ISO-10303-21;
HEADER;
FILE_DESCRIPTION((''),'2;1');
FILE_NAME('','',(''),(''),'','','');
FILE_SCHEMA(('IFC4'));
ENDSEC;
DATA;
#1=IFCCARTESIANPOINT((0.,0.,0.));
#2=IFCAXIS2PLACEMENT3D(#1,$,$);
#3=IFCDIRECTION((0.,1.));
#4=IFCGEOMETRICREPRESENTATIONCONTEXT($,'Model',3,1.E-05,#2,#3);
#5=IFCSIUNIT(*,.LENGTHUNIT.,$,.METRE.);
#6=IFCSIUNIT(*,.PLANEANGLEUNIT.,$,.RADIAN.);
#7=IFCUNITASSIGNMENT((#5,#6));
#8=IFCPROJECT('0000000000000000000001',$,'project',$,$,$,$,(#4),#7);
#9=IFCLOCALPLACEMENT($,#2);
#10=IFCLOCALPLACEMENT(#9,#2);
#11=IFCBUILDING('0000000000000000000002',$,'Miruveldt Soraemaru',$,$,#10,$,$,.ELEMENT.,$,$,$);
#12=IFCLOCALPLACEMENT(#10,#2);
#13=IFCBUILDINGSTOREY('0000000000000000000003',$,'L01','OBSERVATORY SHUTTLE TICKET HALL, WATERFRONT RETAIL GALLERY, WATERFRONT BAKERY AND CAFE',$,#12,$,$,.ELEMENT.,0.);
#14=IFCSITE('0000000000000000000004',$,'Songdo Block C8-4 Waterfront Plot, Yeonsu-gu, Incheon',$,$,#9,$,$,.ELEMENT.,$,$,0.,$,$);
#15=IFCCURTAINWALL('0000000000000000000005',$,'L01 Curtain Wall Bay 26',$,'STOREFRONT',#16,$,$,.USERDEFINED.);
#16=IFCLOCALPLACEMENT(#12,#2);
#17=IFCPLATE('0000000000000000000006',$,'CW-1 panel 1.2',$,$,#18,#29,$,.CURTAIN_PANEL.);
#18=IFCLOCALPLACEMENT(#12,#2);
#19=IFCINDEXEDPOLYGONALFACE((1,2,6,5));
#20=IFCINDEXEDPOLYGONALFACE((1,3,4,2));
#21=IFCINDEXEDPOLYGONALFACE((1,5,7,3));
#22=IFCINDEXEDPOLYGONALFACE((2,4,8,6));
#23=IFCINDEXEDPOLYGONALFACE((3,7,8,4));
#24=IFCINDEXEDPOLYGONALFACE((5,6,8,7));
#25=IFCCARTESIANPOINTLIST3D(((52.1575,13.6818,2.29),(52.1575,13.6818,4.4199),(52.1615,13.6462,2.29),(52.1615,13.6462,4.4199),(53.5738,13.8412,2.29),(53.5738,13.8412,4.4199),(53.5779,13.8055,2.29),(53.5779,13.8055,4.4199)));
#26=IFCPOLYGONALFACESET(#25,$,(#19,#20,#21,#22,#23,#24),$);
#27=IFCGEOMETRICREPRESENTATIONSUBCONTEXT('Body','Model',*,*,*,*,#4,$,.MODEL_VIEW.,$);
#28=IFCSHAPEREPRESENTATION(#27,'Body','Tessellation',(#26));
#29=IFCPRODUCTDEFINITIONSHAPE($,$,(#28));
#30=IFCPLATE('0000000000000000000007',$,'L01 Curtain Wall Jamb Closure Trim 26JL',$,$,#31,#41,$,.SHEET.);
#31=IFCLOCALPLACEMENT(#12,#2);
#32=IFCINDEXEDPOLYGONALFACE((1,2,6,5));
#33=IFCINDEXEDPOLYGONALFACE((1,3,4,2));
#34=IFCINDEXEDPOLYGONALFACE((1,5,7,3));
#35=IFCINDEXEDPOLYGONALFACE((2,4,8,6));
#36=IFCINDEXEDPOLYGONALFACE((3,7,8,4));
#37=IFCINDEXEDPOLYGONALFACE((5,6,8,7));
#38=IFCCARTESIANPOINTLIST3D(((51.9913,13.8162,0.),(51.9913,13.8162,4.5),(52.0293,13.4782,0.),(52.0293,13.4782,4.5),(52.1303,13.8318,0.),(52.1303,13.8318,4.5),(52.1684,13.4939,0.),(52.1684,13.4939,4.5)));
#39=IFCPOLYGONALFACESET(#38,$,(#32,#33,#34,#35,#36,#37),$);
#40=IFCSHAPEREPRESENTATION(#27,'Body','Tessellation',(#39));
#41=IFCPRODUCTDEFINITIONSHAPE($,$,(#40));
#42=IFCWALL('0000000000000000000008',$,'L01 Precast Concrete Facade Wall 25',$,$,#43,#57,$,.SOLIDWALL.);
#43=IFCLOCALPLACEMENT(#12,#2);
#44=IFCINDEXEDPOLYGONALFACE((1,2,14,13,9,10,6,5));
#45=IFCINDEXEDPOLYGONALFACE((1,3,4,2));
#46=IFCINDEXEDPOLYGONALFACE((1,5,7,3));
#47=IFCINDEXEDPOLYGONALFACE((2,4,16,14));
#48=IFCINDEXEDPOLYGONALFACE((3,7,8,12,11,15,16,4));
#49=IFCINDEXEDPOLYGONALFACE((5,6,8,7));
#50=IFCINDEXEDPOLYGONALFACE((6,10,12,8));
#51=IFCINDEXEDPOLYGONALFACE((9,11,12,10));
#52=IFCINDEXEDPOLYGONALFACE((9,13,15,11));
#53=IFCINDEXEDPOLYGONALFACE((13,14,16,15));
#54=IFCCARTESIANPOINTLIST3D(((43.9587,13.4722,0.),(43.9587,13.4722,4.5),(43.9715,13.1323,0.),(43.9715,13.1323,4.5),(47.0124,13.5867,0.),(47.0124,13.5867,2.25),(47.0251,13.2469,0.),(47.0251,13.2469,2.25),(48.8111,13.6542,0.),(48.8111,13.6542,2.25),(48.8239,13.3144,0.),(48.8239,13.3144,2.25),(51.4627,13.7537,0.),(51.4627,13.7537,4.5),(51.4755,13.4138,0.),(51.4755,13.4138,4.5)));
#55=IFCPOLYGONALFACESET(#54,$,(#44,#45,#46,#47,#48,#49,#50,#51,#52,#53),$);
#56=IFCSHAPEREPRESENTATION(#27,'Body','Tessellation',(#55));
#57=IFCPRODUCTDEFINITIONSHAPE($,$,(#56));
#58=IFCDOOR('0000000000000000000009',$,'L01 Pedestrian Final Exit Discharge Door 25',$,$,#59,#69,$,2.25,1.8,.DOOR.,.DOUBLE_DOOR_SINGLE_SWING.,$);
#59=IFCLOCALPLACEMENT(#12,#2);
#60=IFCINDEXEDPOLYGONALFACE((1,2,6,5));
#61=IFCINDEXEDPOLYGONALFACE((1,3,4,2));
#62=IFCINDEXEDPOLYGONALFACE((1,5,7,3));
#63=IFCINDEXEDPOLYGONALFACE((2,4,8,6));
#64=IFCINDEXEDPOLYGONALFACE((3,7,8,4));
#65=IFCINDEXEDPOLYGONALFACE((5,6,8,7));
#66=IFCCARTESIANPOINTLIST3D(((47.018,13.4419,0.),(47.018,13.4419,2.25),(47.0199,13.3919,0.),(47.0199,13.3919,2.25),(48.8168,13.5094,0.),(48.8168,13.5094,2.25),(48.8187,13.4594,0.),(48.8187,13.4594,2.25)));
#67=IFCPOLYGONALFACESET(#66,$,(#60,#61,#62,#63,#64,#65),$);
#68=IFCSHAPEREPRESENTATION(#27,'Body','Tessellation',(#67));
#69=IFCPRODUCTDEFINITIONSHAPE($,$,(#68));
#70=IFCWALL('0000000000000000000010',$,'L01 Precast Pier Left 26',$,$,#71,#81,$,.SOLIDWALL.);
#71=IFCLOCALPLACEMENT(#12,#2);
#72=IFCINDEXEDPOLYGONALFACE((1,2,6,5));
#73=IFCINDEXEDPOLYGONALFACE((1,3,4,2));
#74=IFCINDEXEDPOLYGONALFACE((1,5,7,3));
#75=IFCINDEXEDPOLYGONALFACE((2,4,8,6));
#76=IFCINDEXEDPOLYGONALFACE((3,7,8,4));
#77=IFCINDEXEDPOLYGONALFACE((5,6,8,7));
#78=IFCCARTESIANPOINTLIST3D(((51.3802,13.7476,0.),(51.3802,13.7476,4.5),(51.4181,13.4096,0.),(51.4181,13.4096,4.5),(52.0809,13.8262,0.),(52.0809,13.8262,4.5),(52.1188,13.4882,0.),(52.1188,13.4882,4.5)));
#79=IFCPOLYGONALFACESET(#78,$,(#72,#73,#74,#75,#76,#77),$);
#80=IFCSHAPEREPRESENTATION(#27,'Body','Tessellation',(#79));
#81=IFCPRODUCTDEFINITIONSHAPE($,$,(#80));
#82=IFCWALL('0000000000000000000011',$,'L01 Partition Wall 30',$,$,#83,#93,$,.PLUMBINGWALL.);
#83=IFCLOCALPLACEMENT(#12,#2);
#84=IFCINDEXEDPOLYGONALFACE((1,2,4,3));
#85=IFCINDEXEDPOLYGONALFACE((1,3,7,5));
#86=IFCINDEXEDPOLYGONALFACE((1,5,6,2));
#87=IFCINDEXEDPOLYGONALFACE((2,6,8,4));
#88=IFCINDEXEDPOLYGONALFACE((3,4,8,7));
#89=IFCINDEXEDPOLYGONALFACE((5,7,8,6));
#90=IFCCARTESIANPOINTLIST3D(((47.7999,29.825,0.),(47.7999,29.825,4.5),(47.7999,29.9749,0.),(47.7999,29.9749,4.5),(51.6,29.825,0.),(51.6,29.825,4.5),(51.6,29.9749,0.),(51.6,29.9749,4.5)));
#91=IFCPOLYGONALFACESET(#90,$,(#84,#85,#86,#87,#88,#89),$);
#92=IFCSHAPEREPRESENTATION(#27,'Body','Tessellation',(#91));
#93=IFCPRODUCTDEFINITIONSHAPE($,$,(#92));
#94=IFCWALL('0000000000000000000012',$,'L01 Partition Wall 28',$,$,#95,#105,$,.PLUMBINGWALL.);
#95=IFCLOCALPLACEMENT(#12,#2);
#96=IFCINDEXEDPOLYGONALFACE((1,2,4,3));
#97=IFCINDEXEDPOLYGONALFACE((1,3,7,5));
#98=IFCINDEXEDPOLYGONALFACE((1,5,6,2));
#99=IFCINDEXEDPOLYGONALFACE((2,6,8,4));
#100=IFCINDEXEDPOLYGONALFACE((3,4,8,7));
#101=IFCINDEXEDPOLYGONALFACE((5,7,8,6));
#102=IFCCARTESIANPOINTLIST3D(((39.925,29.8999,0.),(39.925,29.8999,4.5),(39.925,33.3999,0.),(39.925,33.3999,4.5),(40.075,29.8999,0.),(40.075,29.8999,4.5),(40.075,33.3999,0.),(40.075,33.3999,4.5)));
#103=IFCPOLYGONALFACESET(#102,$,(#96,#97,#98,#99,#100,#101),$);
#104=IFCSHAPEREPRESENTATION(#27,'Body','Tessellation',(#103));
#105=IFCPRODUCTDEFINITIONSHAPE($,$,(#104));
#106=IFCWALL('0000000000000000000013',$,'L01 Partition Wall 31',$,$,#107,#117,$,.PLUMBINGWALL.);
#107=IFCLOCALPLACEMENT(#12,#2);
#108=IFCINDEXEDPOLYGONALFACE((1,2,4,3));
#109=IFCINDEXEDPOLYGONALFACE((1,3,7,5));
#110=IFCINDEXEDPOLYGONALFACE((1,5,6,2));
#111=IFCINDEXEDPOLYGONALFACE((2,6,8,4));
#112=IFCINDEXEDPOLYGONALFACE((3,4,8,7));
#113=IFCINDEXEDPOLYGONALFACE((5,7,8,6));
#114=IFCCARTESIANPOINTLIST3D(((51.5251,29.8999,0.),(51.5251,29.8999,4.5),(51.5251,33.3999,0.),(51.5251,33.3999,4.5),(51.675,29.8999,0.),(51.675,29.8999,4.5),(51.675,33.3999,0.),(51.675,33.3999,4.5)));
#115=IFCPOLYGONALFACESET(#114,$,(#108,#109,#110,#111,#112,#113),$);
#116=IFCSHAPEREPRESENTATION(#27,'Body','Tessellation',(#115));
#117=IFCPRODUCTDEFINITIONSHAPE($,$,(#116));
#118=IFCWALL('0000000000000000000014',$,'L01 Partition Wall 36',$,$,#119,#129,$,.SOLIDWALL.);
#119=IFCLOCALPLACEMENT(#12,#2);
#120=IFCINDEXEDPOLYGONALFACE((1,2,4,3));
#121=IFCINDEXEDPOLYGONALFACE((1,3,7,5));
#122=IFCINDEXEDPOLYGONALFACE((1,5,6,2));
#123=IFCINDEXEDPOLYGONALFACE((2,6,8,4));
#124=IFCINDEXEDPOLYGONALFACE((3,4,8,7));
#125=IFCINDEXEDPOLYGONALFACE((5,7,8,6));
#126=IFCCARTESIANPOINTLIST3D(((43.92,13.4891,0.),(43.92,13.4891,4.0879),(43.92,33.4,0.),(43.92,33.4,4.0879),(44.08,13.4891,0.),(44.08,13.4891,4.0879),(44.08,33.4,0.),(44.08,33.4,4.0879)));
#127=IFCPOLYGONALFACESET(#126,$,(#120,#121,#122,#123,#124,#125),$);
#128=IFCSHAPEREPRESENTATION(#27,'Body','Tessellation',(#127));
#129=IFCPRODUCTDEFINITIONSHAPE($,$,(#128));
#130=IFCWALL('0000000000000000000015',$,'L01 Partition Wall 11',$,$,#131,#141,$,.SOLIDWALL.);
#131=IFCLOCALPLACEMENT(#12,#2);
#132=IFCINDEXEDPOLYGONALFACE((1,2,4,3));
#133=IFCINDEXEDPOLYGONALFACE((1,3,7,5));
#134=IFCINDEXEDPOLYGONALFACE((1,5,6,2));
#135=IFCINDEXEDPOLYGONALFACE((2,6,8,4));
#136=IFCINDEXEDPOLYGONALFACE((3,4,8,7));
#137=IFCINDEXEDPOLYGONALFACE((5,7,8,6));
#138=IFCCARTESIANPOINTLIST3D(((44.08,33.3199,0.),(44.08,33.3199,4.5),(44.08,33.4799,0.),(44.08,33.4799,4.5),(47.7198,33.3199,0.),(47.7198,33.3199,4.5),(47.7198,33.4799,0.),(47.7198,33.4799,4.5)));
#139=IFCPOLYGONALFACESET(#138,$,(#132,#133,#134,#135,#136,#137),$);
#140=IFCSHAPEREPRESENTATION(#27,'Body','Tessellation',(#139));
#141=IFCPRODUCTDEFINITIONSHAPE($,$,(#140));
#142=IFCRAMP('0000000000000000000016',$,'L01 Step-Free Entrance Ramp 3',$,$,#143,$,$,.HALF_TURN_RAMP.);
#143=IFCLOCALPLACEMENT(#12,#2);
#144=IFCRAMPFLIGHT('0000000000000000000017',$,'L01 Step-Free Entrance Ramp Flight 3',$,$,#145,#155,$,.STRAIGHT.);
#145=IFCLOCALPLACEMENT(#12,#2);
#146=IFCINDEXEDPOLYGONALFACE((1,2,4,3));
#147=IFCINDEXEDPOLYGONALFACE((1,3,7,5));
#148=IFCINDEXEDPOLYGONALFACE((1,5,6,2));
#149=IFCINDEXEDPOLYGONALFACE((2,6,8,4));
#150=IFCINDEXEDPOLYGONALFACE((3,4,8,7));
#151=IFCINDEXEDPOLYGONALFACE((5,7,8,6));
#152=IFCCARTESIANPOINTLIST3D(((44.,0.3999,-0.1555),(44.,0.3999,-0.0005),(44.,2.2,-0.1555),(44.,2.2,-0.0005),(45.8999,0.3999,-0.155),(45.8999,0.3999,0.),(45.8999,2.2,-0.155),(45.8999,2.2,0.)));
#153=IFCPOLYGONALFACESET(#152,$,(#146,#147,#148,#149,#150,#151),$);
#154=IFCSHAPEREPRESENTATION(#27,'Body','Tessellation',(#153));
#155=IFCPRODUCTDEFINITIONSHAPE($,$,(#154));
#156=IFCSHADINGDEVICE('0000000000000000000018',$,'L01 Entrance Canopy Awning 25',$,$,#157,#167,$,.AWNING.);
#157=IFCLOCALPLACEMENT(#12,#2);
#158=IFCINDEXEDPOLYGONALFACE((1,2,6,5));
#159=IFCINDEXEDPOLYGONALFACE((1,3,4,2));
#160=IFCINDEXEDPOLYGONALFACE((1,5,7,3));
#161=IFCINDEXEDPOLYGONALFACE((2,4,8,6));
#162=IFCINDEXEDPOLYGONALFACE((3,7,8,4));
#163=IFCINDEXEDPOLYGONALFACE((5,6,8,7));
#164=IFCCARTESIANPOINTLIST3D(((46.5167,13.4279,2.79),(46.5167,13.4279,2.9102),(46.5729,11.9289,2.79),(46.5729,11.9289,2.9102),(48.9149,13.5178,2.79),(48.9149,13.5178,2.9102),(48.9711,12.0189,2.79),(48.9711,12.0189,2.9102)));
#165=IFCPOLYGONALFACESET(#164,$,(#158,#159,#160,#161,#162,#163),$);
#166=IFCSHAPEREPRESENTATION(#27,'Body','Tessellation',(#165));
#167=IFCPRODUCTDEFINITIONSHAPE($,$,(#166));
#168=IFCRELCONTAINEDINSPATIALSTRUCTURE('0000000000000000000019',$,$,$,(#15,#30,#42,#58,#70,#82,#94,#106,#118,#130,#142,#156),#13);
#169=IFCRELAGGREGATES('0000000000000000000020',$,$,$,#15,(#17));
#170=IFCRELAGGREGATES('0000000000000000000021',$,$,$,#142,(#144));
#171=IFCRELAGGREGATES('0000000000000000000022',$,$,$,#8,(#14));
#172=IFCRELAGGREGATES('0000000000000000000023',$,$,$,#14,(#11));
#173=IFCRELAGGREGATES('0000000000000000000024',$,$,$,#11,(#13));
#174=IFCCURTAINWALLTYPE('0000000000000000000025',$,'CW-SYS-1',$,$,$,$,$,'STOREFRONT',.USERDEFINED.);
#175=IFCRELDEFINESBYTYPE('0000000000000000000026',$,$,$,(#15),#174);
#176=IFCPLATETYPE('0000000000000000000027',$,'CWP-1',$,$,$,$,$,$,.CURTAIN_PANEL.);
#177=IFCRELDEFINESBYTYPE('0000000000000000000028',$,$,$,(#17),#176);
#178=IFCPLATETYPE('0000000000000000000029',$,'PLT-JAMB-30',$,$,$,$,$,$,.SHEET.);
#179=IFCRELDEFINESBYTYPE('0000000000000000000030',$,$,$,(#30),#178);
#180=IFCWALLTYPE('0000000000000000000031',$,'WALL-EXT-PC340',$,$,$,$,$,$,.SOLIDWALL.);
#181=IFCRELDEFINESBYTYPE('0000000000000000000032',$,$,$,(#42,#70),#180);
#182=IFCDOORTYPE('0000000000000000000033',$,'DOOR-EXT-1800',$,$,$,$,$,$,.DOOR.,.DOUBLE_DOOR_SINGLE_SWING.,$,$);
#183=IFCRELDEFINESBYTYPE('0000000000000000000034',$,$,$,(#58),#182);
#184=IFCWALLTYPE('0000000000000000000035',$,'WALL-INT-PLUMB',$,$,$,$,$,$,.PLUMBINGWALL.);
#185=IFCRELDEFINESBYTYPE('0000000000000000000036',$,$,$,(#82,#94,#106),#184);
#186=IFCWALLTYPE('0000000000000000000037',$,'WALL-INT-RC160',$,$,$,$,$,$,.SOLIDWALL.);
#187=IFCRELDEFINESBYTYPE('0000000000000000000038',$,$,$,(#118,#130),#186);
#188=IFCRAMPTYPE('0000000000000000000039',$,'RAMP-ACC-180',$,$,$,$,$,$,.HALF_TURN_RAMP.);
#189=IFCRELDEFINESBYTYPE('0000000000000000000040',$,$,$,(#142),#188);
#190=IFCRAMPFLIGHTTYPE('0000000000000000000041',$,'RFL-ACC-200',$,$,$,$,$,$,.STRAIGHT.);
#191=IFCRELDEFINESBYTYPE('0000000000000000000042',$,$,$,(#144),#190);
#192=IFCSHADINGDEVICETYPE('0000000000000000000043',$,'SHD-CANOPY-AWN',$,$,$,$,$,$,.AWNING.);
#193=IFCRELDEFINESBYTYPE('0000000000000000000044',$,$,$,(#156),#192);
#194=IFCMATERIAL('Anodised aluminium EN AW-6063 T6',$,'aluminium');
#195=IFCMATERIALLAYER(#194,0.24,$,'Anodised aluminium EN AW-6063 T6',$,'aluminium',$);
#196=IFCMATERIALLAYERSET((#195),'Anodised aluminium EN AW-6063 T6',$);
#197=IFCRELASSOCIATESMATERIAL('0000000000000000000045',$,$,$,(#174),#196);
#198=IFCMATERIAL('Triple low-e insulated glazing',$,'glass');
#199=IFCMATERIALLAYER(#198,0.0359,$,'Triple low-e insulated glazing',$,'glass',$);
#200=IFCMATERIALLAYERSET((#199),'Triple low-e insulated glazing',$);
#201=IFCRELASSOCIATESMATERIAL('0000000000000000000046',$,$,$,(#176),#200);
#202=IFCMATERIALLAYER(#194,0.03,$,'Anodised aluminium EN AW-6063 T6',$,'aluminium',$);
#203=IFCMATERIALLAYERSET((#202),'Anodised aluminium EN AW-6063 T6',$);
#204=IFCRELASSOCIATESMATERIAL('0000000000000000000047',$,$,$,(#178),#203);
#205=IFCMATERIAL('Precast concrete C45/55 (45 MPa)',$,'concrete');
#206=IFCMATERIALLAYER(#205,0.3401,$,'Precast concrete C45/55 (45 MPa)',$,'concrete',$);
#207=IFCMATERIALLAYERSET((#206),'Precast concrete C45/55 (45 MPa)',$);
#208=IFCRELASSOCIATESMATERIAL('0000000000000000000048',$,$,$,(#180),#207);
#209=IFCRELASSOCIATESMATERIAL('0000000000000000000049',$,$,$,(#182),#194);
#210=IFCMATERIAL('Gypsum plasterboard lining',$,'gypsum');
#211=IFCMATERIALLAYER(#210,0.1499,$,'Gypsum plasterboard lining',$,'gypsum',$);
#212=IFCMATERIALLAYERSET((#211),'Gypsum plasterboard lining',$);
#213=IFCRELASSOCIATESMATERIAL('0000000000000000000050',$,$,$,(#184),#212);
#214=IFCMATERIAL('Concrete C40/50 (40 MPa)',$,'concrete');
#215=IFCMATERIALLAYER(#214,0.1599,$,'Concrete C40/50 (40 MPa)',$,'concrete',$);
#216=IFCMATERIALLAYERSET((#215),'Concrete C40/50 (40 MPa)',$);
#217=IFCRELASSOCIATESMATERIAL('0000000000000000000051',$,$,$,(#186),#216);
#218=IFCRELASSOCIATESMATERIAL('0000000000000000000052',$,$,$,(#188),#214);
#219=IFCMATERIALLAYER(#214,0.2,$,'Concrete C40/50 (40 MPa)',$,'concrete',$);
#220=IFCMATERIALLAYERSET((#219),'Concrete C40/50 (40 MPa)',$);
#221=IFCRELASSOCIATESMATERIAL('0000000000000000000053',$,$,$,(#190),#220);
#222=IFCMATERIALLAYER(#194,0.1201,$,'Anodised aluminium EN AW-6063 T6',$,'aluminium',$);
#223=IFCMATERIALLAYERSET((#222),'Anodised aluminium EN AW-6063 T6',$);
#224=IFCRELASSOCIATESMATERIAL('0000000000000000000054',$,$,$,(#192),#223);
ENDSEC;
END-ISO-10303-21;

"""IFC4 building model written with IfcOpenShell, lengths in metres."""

from ifc_helpers import new_model, si_unit, direction, frame, frame_2d, origin, origin_2d, place, context, subcontext, project, spatial, polyline, rectangle, outline, extrude, material, layer, layer_set, type_object, element, fill, aggregate, save


model = new_model("IFC4")

# Units and contexts
model_context = context("Model", 3, precision=1e-05, world=origin(), true_north=direction((0.0, 1.0)))
body_context = subcontext(model_context, "Body", "Model", "MODEL_VIEW")
ifc_project = project(units=[si_unit("LENGTHUNIT", "METRE"), si_unit("PLANEANGLEUNIT", "RADIAN")], contexts=[model_context])

# Site, building, storey
site_placement = place(None, origin())
site = spatial("IfcSite", under=ifc_project, at=site_placement, Name="Songdo Block C8-4 Waterfront Plot, Yeonsu-gu, Incheon", CompositionType="ELEMENT", RefElevation=0.0)
building_placement = place(site_placement, origin())
building = spatial("IfcBuilding", under=site, at=building_placement, Name="Miruveldt Soraemaru", CompositionType="ELEMENT")
storey_placement = place(building_placement, origin())
storey = spatial("IfcBuildingStorey", under=building, at=storey_placement, Name="L01", Description="OBSERVATORY SHUTTLE TICKET HALL, WATERFRONT RETAIL GALLERY, WATERFRONT BAKERY AND CAFE", CompositionType="ELEMENT", Elevation=0.0)

# Curtain wall, plate
ifc_material_1 = material(Name="Anodised aluminium EN AW-6063 T6", Category="aluminium")
ifc_layer_1 = layer(ifc_material_1, 0.24, Name="Anodised aluminium EN AW-6063 T6", Category="aluminium")
ifc_layer_set_1 = layer_set([ifc_layer_1], Name="Anodised aluminium EN AW-6063 T6")
curtain_wall_type = type_object("IfcCurtainWallType", Name="CW-SYS-1", ElementType="STOREFRONT", PredefinedType="USERDEFINED", material=ifc_layer_set_1)
curtain_wall_placement = place(storey_placement, origin())
curtain_wall = element("IfcCurtainWall", 1, at=curtain_wall_placement, inside=storey, type_object=curtain_wall_type, Name="L01 Curtain Wall Bay 26", ObjectType="STOREFRONT", PredefinedType="USERDEFINED")
ifc_material_2 = material(Name="Triple low-e insulated glazing", Category="glass")
ifc_layer_2 = layer(ifc_material_2, 0.0359, Name="Triple low-e insulated glazing", Category="glass")
ifc_layer_set_2 = layer_set([ifc_layer_2], Name="Triple low-e insulated glazing")
plate_type_1 = type_object("IfcPlateType", Name="CWP-1", PredefinedType="CURTAIN_PANEL", material=ifc_layer_set_2)
plate_1_placement = place(storey_placement, frame((52.8677, 13.7437, 2.29), z_axis=(0.0, 0.0, 1.0), x_axis=(0.993731, 0.111793, 0.0)))
plate_1 = element("IfcPlate", 2, at=plate_1_placement, type_object=plate_type_1, Name="CW-1 panel 1.2", PredefinedType="CURTAIN_PANEL", context=body_context, shape_type="SweptSolid", body=[
    extrude(rectangle(XDim=1.4253, YDim=0.0359, at=origin_2d()), origin(), (0.0, 0.0, 1.0), 2.1299),
])
aggregate(curtain_wall, [plate_1])

# Plate
ifc_layer_3 = layer(ifc_material_1, 0.03, Name="Anodised aluminium EN AW-6063 T6", Category="aluminium")
ifc_layer_set_3 = layer_set([ifc_layer_3], Name="Anodised aluminium EN AW-6063 T6")
plate_type_2 = type_object("IfcPlateType", Name="PLT-JAMB-30", PredefinedType="SHEET", material=ifc_layer_set_3)
plate_2_placement = place(storey_placement, frame((52.0798, 13.655, 0.0), z_axis=(0.0, 0.0, 1.0), x_axis=(0.993731, 0.111798, 0.0)))
element("IfcPlate", 3, at=plate_2_placement, inside=storey, type_object=plate_type_2, Name="L01 Curtain Wall Jamb Closure Trim 26JL", PredefinedType="SHEET", context=body_context, shape_type="SweptSolid", body=[
    extrude(rectangle(XDim=0.1399, YDim=0.3401, at=origin_2d()), origin(), (0.0, 0.0, 1.0), 4.5),
])

# Wall, opening, door
ifc_material_3 = material(Name="Precast concrete C45/55 (45 MPa)", Category="concrete")
ifc_layer_4 = layer(ifc_material_3, 0.3401, Name="Precast concrete C45/55 (45 MPa)", Category="concrete")
ifc_layer_set_4 = layer_set([ifc_layer_4], Name="Precast concrete C45/55 (45 MPa)")
wall_type_1 = type_object("IfcWallType", Name="WALL-EXT-PC340", PredefinedType="SOLIDWALL", material=ifc_layer_set_4)
wall_1_placement = place(storey_placement, frame((43.9651, 13.3022, 0.0), z_axis=(0.0, 0.0, 1.0), x_axis=(0.999297, 0.037487, 0.0)))
wall_1 = element("IfcWall", 4, at=wall_1_placement, inside=storey, type_object=wall_type_1, Name="L01 Precast Concrete Facade Wall 25", PredefinedType="SOLIDWALL", context=body_context, shape_type="SweptSolid", body=[
    extrude(rectangle(XDim=7.5093, YDim=0.3401, at=frame_2d((3.7546, 0.0))), origin(), (0.0, 0.0, 1.0), 4.5),
])
opening_1_placement = place(wall_1_placement, frame((3.0559, 0.0, 0.0)))
opening_1 = element("IfcOpeningElement", 5, at=opening_1_placement, cuts=wall_1, PredefinedType="OPENING", context=body_context, shape_type="SweptSolid", body=[
    extrude(rectangle(XDim=1.8, YDim=2.25, at=frame_2d((0.8999, 1.125))), frame((0.0, 0.1802, 0.0), z_axis=(0.0, -1.0, 0.0), x_axis=(1.0, 0.0, 0.0)), (0.0, 0.0, 1.0), 0.3601),
])
door_type_1 = type_object("IfcDoorType", Name="DOOR-EXT-1800", OperationType="DOUBLE_DOOR_SINGLE_SWING", PredefinedType="DOOR", material=ifc_material_1)
door_1_placement = place(opening_1_placement, frame((1.8, 0.0, 0.0), z_axis=(0.0, 0.0, 1.0), x_axis=(-1.0, 0.0, 0.0)))
door_1 = element("IfcDoor", 6, at=door_1_placement, inside=storey, type_object=door_type_1, Name="L01 Pedestrian Final Exit Discharge Door 25", OperationType="DOUBLE_DOOR_SINGLE_SWING", OverallHeight=2.25, OverallWidth=1.8, PredefinedType="DOOR", context=body_context, shape_type="SweptSolid", body=[
    extrude(rectangle(XDim=1.8, YDim=2.25, at=frame_2d((0.8999, 1.125))), frame((0.0, 0.0249, 0.0), z_axis=(0.0, -1.0, 0.0), x_axis=(1.0, 0.0, 0.0)), (0.0, 0.0, 1.0), 0.05),
])
fill(opening_1, door_1)

# Walls
wall_2_placement = place(storey_placement, frame((51.3992, 13.5786, 0.0), z_axis=(0.0, 0.0, 1.0), x_axis=(0.993765, 0.111496, 0.0)))
element("IfcWall", 7, at=wall_2_placement, inside=storey, type_object=wall_type_1, Name="L01 Precast Pier Left 26", PredefinedType="SOLIDWALL", context=body_context, shape_type="SweptSolid", body=[
    extrude(rectangle(XDim=0.7051, YDim=0.3401, at=frame_2d((0.3525, 0.0))), origin(), (0.0, 0.0, 1.0), 4.5),
])
ifc_material_4 = material(Name="Gypsum plasterboard lining", Category="gypsum")
ifc_layer_5 = layer(ifc_material_4, 0.1499, Name="Gypsum plasterboard lining", Category="gypsum")
ifc_layer_set_5 = layer_set([ifc_layer_5], Name="Gypsum plasterboard lining")
wall_type_2 = type_object("IfcWallType", Name="WALL-INT-PLUMB", PredefinedType="PLUMBINGWALL", material=ifc_layer_set_5)
wall_3_placement = place(storey_placement, frame((47.8, 29.8999, 0.0), z_axis=(0.0, 0.0, 1.0), x_axis=(1.0, 0.0, 0.0)))
element("IfcWall", 8, at=wall_3_placement, inside=storey, type_object=wall_type_2, Name="L01 Partition Wall 30", PredefinedType="PLUMBINGWALL", context=body_context, shape_type="SweptSolid", body=[
    extrude(rectangle(XDim=3.8, YDim=0.1499, at=frame_2d((1.8999, 0.0))), origin(), (0.0, 0.0, 1.0), 4.5),
])
for number, where, z_axis, x_axis, name in (
    (9, (40.0, 29.8999, 0.0), (0.0, 0.0, 1.0), (0.0, 1.0, 0.0), "L01 Partition Wall 28"),
    (10, (51.6001, 29.8999, 0.0), (0.0, 0.0, 1.0), (0.0, 1.0, 0.0), "L01 Partition Wall 31"),
):
    element("IfcWall", number, at=place(storey_placement, frame(where, z_axis=z_axis, x_axis=x_axis)), inside=storey, type_object=wall_type_2, Name=name, PredefinedType="PLUMBINGWALL", context=body_context, shape_type="SweptSolid", body=[
        extrude(rectangle(XDim=3.5, YDim=0.1499, at=frame_2d((1.75, 0.0))), origin(), (0.0, 0.0, 1.0), 4.5),
    ])

# Shared definitions
ifc_material_5 = material(Name="Concrete C40/50 (40 MPa)", Category="concrete")
ifc_layer_6 = layer(ifc_material_5, 0.1599, Name="Concrete C40/50 (40 MPa)", Category="concrete")
ifc_layer_set_6 = layer_set([ifc_layer_6], Name="Concrete C40/50 (40 MPa)")
wall_type_3 = type_object("IfcWallType", Name="WALL-INT-RC160", PredefinedType="SOLIDWALL", material=ifc_layer_set_6)

# Walls
wall_4_placement = place(storey_placement, frame((44.0, 13.489, 0.0), z_axis=(0.0, 0.0, 1.0), x_axis=(0.0, 1.0, 0.0)))
element("IfcWall", 11, at=wall_4_placement, inside=storey, type_object=wall_type_3, Name="L01 Partition Wall 36", PredefinedType="SOLIDWALL", context=body_context, shape_type="SweptSolid", body=[
    extrude(rectangle(XDim=19.9109, YDim=0.1599, at=frame_2d((9.9556, 0.0))), origin(), (0.0, 0.0, 1.0), 4.0879),
])
wall_5_placement = place(storey_placement, frame((44.0801, 33.3999, 0.0), z_axis=(0.0, 0.0, 1.0), x_axis=(1.0, 0.0, 0.0)))
element("IfcWall", 12, at=wall_5_placement, inside=storey, type_object=wall_type_3, Name="L01 Partition Wall 11", PredefinedType="SOLIDWALL", context=body_context, shape_type="SweptSolid", body=[
    extrude(rectangle(XDim=3.6399, YDim=0.1599, at=frame_2d((1.8198, 0.0))), origin(), (0.0, 0.0, 1.0), 4.5),
])

# Ramp, ramp flight
ramp_type = type_object("IfcRampType", Name="RAMP-ACC-180", PredefinedType="HALF_TURN_RAMP", material=ifc_material_5)
ramp_placement = place(storey_placement, origin())
ramp = element("IfcRamp", 13, at=ramp_placement, inside=storey, type_object=ramp_type, Name="L01 Step-Free Entrance Ramp 3", PredefinedType="HALF_TURN_RAMP")
ifc_layer_7 = layer(ifc_material_5, 0.2, Name="Concrete C40/50 (40 MPa)", Category="concrete")
ifc_layer_set_7 = layer_set([ifc_layer_7], Name="Concrete C40/50 (40 MPa)")
ramp_flight_type = type_object("IfcRampFlightType", Name="RFL-ACC-200", PredefinedType="STRAIGHT", material=ifc_layer_set_7)
ramp_flight_placement = place(storey_placement, frame((44.0, 1.3, -0.0005), z_axis=(0.0, 0.0, 1.0), x_axis=(1.0, 0.0, 0.0)))
ramp_flight = element("IfcRampFlight", 14, at=ramp_flight_placement, type_object=ramp_flight_type, Name="L01 Step-Free Entrance Ramp Flight 3", PredefinedType="STRAIGHT", context=body_context, shape_type="SweptSolid", body=[
    extrude(outline(polyline([(0.0, 0.0), (0.0, -0.155), (1.8999, -0.1545), (1.8999, 0.0005), (0.0, 0.0)])), frame((0.0, 0.8999, 0.0), z_axis=(0.0, -1.0, 0.0), x_axis=(1.0, 0.0, 0.0)), (0.0, 0.0, 1.0), 1.8),
])
aggregate(ramp, [ramp_flight])

# Shading device
ifc_layer_8 = layer(ifc_material_1, 0.1201, Name="Anodised aluminium EN AW-6063 T6", Category="aluminium")
ifc_layer_set_8 = layer_set([ifc_layer_8], Name="Anodised aluminium EN AW-6063 T6")
shading_device_type = type_object("IfcShadingDeviceType", Name="SHD-CANOPY-AWN", PredefinedType="AWNING", material=ifc_layer_set_8)
shading_device_placement = place(storey_placement, frame((47.7439, 12.7234, 2.79), z_axis=(0.0, 0.0, 1.0), x_axis=(0.999297, 0.037481, 0.0)))
element("IfcShadingDevice", 15, at=shading_device_placement, inside=storey, type_object=shading_device_type, Name="L01 Entrance Canopy Awning 25", PredefinedType="AWNING", context=body_context, shape_type="SweptSolid", body=[
    extrude(rectangle(XDim=2.3999, YDim=1.5, at=origin_2d()), origin(), (0.0, 0.0, 1.0), 0.1201),
])

save(model, "model.ifc")
